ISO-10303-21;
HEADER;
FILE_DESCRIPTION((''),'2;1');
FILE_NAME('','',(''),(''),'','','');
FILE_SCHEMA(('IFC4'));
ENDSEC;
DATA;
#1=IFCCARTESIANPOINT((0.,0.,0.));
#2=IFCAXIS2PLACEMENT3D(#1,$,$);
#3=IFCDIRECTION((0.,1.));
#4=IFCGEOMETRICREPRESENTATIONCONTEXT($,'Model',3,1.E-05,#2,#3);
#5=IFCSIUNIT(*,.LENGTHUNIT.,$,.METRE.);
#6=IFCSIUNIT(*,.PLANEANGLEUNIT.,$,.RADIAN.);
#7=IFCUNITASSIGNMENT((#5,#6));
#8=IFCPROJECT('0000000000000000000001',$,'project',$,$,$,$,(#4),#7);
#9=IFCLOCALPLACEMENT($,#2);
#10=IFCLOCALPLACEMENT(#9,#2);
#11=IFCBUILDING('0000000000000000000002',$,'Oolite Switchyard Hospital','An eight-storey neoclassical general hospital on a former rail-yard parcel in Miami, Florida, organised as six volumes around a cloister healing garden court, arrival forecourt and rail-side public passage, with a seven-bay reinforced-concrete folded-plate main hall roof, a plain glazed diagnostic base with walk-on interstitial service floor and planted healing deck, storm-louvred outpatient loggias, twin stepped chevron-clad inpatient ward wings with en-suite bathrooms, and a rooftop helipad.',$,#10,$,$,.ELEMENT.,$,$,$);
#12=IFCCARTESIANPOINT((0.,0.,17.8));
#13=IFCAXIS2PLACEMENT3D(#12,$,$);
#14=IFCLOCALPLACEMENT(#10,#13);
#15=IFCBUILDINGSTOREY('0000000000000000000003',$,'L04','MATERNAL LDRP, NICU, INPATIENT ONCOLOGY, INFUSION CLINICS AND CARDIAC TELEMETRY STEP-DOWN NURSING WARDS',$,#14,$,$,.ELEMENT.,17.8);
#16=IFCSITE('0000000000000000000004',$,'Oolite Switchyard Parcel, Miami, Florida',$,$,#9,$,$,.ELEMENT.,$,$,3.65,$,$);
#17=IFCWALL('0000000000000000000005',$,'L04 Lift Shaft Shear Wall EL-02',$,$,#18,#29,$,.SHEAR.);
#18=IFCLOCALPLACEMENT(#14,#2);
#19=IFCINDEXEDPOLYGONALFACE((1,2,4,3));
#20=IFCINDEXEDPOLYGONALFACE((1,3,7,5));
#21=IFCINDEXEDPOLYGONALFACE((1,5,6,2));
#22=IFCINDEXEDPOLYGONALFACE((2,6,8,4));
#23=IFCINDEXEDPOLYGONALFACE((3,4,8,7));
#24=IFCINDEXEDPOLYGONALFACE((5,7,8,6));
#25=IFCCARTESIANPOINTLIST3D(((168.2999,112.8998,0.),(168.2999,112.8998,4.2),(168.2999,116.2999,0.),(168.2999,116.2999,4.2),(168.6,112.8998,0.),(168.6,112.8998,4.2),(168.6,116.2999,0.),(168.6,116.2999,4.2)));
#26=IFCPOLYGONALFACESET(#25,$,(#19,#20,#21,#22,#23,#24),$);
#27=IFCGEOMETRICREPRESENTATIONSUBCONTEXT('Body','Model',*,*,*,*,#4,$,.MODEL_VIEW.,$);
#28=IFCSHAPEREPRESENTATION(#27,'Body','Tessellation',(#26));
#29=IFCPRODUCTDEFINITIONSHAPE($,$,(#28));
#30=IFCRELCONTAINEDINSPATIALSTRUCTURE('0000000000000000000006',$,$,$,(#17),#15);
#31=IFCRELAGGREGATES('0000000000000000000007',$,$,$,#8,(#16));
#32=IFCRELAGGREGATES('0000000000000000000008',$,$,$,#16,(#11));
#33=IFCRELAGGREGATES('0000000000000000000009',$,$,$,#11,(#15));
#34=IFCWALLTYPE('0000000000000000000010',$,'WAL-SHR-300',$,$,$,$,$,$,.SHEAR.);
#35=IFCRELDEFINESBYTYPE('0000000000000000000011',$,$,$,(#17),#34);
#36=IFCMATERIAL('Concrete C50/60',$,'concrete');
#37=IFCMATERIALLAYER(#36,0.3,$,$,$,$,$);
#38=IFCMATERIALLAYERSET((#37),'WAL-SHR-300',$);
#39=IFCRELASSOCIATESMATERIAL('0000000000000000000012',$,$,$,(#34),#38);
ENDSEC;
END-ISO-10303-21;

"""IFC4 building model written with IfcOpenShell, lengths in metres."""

from ifc_helpers import new_model, si_unit, direction, frame, frame_2d, origin, place, context, subcontext, project, spatial, rectangle, extrude, material, layer, layer_set, type_object, element, save


model = new_model("IFC4")

# Units and contexts
model_context = context("Model", 3, precision=1e-05, world=origin(), true_north=direction((0.0, 1.0)))
body_context = subcontext(model_context, "Body", "Model", "MODEL_VIEW")
ifc_project = project(units=[si_unit("LENGTHUNIT", "METRE"), si_unit("PLANEANGLEUNIT", "RADIAN")], contexts=[model_context])

# Site, building, storey
site_placement = place(None, origin())
site = spatial("IfcSite", under=ifc_project, at=site_placement, Name="Oolite Switchyard Parcel, Miami, Florida", CompositionType="ELEMENT", RefElevation=3.65)
building_placement = place(site_placement, origin())
building = spatial("IfcBuilding", under=site, at=building_placement, Name="Oolite Switchyard Hospital", Description="An eight-storey neoclassical general hospital on a former rail-yard parcel in Miami, Florida, organised as six volumes around a cloister healing garden court, arrival forecourt and rail-side public passage, with a seven-bay reinforced-concrete folded-plate main hall roof, a plain glazed diagnostic base with walk-on interstitial service floor and planted healing deck, storm-louvred outpatient loggias, twin stepped chevron-clad inpatient ward wings with en-suite bathrooms, and a rooftop helipad.", CompositionType="ELEMENT")
storey_placement = place(building_placement, frame((0.0, 0.0, 17.8)))
storey = spatial("IfcBuildingStorey", under=building, at=storey_placement, Name="L04", Description="MATERNAL LDRP, NICU, INPATIENT ONCOLOGY, INFUSION CLINICS AND CARDIAC TELEMETRY STEP-DOWN NURSING WARDS", CompositionType="ELEMENT", Elevation=17.8)

# Shared definitions
ifc_material_1 = material(Name="Concrete C50/60", Category="concrete")

# Shared definitions
ifc_layer_1 = layer(ifc_material_1, 0.3)
ifc_layer_set_1 = layer_set([ifc_layer_1], Name="WAL-SHR-300")
wall_type_1 = type_object("IfcWallType", Name="WAL-SHR-300", PredefinedType="SHEAR", material=ifc_layer_set_1)

# Wall
wall_1_placement = place(storey_placement, frame((168.45, 116.3, 0.0), z_axis=(0.0, 0.0, 1.0), x_axis=(0.0, -1.0, 0.0)))
element("IfcWall", 1, at=wall_1_placement, inside=storey, type_object=wall_type_1, Name="L04 Lift Shaft Shear Wall EL-02", PredefinedType="SHEAR", context=body_context, shape_type="SweptSolid", body=[
    extrude(rectangle(XDim=3.4001, YDim=0.3, at=frame_2d((1.7002, 0.0))), origin(), (0.0, 0.0, 1.0), 4.2),
])

save(model, "model.ifc")
